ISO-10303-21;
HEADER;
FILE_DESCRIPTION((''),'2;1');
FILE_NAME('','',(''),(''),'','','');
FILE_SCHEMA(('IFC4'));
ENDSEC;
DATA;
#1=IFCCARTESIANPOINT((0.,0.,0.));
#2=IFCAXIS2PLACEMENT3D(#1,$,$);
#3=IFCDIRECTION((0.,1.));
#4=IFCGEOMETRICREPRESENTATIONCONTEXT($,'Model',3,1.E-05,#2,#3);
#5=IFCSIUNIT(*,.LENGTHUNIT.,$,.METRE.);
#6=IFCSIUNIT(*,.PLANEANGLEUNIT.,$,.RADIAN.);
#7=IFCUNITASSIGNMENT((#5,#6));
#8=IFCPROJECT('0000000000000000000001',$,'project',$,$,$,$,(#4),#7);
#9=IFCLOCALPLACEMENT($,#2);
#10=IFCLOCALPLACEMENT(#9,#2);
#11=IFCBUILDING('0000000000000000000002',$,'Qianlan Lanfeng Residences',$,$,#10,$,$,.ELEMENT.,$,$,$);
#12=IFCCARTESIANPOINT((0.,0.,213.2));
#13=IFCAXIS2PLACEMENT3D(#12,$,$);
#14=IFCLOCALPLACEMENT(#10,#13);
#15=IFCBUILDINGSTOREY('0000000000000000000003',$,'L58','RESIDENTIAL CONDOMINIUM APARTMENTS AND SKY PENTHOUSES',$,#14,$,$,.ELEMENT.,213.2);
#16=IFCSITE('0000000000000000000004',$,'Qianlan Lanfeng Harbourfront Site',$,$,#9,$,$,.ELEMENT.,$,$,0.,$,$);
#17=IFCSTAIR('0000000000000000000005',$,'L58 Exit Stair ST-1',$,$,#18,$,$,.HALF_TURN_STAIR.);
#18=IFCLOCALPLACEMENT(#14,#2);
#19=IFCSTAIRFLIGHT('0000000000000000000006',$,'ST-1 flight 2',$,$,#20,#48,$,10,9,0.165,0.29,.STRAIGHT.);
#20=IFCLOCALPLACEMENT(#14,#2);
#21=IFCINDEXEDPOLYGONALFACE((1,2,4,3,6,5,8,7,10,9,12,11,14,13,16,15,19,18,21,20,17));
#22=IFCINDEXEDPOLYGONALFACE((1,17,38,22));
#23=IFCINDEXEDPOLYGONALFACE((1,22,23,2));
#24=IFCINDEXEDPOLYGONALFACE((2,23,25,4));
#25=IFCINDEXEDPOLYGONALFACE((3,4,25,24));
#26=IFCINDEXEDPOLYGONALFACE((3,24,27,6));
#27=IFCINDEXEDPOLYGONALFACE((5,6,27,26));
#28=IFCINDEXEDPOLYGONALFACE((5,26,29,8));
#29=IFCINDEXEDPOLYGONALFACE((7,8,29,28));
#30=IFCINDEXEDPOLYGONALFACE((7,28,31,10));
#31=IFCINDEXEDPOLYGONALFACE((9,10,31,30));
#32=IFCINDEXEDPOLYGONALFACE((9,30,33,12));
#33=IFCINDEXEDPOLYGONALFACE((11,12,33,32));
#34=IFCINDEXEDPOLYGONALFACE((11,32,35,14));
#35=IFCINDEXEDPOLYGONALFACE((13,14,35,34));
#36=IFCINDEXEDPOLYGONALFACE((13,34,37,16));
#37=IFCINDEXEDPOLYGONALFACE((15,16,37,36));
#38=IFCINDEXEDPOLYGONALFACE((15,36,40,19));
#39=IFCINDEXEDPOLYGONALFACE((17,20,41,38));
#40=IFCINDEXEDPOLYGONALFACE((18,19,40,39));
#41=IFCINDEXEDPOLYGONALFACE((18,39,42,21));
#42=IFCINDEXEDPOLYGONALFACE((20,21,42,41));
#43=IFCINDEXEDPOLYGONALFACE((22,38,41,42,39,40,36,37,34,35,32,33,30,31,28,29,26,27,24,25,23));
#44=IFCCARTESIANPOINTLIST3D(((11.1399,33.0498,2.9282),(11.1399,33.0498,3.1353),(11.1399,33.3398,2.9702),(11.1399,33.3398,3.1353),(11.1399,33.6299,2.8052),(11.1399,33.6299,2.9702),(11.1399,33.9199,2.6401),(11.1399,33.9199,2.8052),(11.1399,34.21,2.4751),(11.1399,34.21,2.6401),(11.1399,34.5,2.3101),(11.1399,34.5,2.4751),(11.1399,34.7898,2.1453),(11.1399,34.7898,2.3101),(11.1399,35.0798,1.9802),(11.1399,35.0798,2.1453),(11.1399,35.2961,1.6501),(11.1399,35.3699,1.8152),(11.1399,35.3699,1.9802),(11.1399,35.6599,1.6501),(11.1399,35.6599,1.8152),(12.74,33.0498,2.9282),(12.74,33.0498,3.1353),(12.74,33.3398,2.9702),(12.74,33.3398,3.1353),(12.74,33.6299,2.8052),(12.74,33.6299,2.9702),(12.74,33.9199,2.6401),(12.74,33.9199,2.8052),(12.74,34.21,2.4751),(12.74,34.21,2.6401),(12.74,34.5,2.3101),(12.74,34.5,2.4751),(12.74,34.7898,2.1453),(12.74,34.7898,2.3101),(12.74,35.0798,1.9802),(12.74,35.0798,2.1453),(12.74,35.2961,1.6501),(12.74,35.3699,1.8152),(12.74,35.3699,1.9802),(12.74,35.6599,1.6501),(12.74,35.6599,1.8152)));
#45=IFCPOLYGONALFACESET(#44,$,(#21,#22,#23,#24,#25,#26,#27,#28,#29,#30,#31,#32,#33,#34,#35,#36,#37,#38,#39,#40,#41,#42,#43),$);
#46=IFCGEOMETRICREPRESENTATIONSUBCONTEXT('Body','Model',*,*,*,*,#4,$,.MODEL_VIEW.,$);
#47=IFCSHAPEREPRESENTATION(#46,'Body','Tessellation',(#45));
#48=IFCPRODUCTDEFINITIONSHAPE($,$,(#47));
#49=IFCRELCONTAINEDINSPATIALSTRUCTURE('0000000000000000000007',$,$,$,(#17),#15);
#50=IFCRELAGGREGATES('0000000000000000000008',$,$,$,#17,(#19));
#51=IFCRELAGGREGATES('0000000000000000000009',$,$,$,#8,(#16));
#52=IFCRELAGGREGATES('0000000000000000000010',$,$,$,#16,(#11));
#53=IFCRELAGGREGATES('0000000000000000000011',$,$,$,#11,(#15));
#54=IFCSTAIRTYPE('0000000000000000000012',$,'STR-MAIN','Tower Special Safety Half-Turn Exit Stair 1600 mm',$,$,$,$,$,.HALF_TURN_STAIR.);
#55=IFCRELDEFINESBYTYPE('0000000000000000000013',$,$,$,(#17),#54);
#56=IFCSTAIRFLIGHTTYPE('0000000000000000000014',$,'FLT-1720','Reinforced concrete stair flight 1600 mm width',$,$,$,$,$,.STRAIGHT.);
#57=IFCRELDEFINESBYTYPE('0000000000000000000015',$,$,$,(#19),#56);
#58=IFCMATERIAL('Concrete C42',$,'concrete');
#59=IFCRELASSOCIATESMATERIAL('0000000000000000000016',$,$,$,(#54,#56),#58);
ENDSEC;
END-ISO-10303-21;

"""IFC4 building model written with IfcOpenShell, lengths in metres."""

from ifc_helpers import new_model, si_unit, direction, frame, origin, place, context, subcontext, project, spatial, polyline, outline, extrude, material, type_object, element, aggregate, save


model = new_model("IFC4")

# Units and contexts
model_context = context("Model", 3, precision=1e-05, world=origin(), true_north=direction((0.0, 1.0)))
body_context = subcontext(model_context, "Body", "Model", "MODEL_VIEW")
ifc_project = project(units=[si_unit("LENGTHUNIT", "METRE"), si_unit("PLANEANGLEUNIT", "RADIAN")], contexts=[model_context])

# Site, building, storey
site_placement = place(None, origin())
site = spatial("IfcSite", under=ifc_project, at=site_placement, Name="Qianlan Lanfeng Harbourfront Site", CompositionType="ELEMENT", RefElevation=0.0)
building_placement = place(site_placement, origin())
building = spatial("IfcBuilding", under=site, at=building_placement, Name="Qianlan Lanfeng Residences", CompositionType="ELEMENT")
storey_placement = place(building_placement, frame((0.0, 0.0, 213.2)))
storey = spatial("IfcBuildingStorey", under=building, at=storey_placement, Name="L58", Description="RESIDENTIAL CONDOMINIUM APARTMENTS AND SKY PENTHOUSES", CompositionType="ELEMENT", Elevation=213.2)

# Shared definitions
ifc_material_1 = material(Name="Concrete C42", Category="concrete")

# Stair, stair flight
stair_type = type_object("IfcStairType", Name="STR-MAIN", Description="Tower Special Safety Half-Turn Exit Stair 1600 mm", PredefinedType="HALF_TURN_STAIR", material=ifc_material_1)
stair_placement = place(storey_placement, origin())
stair = element("IfcStair", 1, at=stair_placement, inside=storey, type_object=stair_type, Name="L58 Exit Stair ST-1", PredefinedType="HALF_TURN_STAIR")
stair_flight_type = type_object("IfcStairFlightType", Name="FLT-1720", Description="Reinforced concrete stair flight 1600 mm width", PredefinedType="STRAIGHT", material=ifc_material_1)
stair_flight_1_placement = place(storey_placement, frame((11.9399, 35.6599, 1.6501), z_axis=(0.0, 0.0, 1.0), x_axis=(0.0, -1.0, 0.0)))
stair_flight_1 = element("IfcStairFlight", 2, at=stair_flight_1_placement, type_object=stair_flight_type, Name="ST-1 flight 2", NumberOfRisers=10, NumberOfTreads=9, PredefinedType="STRAIGHT", RiserHeight=0.165, TreadLength=0.29, context=body_context, shape_type="SweptSolid", body=[
    extrude(outline(polyline([(0.0, 0.0), (0.0, 0.165), (0.29, 0.165), (0.29, 0.3301), (0.5801, 0.3301), (0.5801, 0.4951), (0.8701, 0.4951), (0.8701, 0.6599), (1.1599, 0.6599), (1.1599, 0.825), (1.45, 0.825), (1.45, 0.99), (1.74, 0.99), (1.74, 1.155), (2.03, 1.155), (2.03, 1.3201), (2.3201, 1.3201), (2.3201, 1.4851), (2.6101, 1.4851), (2.6101, 1.6499), (2.6101, 1.2781), (0.3638, 0.0), (0.0, 0.0)])), frame((0.0, 0.8, 0.0), z_axis=(0.0, -1.0, 0.0), x_axis=(1.0, 0.0, 0.0)), (0.0, 0.0, 1.0), 1.6001),
])
aggregate(stair, [stair_flight_1])

save(model, "model.ifc")
